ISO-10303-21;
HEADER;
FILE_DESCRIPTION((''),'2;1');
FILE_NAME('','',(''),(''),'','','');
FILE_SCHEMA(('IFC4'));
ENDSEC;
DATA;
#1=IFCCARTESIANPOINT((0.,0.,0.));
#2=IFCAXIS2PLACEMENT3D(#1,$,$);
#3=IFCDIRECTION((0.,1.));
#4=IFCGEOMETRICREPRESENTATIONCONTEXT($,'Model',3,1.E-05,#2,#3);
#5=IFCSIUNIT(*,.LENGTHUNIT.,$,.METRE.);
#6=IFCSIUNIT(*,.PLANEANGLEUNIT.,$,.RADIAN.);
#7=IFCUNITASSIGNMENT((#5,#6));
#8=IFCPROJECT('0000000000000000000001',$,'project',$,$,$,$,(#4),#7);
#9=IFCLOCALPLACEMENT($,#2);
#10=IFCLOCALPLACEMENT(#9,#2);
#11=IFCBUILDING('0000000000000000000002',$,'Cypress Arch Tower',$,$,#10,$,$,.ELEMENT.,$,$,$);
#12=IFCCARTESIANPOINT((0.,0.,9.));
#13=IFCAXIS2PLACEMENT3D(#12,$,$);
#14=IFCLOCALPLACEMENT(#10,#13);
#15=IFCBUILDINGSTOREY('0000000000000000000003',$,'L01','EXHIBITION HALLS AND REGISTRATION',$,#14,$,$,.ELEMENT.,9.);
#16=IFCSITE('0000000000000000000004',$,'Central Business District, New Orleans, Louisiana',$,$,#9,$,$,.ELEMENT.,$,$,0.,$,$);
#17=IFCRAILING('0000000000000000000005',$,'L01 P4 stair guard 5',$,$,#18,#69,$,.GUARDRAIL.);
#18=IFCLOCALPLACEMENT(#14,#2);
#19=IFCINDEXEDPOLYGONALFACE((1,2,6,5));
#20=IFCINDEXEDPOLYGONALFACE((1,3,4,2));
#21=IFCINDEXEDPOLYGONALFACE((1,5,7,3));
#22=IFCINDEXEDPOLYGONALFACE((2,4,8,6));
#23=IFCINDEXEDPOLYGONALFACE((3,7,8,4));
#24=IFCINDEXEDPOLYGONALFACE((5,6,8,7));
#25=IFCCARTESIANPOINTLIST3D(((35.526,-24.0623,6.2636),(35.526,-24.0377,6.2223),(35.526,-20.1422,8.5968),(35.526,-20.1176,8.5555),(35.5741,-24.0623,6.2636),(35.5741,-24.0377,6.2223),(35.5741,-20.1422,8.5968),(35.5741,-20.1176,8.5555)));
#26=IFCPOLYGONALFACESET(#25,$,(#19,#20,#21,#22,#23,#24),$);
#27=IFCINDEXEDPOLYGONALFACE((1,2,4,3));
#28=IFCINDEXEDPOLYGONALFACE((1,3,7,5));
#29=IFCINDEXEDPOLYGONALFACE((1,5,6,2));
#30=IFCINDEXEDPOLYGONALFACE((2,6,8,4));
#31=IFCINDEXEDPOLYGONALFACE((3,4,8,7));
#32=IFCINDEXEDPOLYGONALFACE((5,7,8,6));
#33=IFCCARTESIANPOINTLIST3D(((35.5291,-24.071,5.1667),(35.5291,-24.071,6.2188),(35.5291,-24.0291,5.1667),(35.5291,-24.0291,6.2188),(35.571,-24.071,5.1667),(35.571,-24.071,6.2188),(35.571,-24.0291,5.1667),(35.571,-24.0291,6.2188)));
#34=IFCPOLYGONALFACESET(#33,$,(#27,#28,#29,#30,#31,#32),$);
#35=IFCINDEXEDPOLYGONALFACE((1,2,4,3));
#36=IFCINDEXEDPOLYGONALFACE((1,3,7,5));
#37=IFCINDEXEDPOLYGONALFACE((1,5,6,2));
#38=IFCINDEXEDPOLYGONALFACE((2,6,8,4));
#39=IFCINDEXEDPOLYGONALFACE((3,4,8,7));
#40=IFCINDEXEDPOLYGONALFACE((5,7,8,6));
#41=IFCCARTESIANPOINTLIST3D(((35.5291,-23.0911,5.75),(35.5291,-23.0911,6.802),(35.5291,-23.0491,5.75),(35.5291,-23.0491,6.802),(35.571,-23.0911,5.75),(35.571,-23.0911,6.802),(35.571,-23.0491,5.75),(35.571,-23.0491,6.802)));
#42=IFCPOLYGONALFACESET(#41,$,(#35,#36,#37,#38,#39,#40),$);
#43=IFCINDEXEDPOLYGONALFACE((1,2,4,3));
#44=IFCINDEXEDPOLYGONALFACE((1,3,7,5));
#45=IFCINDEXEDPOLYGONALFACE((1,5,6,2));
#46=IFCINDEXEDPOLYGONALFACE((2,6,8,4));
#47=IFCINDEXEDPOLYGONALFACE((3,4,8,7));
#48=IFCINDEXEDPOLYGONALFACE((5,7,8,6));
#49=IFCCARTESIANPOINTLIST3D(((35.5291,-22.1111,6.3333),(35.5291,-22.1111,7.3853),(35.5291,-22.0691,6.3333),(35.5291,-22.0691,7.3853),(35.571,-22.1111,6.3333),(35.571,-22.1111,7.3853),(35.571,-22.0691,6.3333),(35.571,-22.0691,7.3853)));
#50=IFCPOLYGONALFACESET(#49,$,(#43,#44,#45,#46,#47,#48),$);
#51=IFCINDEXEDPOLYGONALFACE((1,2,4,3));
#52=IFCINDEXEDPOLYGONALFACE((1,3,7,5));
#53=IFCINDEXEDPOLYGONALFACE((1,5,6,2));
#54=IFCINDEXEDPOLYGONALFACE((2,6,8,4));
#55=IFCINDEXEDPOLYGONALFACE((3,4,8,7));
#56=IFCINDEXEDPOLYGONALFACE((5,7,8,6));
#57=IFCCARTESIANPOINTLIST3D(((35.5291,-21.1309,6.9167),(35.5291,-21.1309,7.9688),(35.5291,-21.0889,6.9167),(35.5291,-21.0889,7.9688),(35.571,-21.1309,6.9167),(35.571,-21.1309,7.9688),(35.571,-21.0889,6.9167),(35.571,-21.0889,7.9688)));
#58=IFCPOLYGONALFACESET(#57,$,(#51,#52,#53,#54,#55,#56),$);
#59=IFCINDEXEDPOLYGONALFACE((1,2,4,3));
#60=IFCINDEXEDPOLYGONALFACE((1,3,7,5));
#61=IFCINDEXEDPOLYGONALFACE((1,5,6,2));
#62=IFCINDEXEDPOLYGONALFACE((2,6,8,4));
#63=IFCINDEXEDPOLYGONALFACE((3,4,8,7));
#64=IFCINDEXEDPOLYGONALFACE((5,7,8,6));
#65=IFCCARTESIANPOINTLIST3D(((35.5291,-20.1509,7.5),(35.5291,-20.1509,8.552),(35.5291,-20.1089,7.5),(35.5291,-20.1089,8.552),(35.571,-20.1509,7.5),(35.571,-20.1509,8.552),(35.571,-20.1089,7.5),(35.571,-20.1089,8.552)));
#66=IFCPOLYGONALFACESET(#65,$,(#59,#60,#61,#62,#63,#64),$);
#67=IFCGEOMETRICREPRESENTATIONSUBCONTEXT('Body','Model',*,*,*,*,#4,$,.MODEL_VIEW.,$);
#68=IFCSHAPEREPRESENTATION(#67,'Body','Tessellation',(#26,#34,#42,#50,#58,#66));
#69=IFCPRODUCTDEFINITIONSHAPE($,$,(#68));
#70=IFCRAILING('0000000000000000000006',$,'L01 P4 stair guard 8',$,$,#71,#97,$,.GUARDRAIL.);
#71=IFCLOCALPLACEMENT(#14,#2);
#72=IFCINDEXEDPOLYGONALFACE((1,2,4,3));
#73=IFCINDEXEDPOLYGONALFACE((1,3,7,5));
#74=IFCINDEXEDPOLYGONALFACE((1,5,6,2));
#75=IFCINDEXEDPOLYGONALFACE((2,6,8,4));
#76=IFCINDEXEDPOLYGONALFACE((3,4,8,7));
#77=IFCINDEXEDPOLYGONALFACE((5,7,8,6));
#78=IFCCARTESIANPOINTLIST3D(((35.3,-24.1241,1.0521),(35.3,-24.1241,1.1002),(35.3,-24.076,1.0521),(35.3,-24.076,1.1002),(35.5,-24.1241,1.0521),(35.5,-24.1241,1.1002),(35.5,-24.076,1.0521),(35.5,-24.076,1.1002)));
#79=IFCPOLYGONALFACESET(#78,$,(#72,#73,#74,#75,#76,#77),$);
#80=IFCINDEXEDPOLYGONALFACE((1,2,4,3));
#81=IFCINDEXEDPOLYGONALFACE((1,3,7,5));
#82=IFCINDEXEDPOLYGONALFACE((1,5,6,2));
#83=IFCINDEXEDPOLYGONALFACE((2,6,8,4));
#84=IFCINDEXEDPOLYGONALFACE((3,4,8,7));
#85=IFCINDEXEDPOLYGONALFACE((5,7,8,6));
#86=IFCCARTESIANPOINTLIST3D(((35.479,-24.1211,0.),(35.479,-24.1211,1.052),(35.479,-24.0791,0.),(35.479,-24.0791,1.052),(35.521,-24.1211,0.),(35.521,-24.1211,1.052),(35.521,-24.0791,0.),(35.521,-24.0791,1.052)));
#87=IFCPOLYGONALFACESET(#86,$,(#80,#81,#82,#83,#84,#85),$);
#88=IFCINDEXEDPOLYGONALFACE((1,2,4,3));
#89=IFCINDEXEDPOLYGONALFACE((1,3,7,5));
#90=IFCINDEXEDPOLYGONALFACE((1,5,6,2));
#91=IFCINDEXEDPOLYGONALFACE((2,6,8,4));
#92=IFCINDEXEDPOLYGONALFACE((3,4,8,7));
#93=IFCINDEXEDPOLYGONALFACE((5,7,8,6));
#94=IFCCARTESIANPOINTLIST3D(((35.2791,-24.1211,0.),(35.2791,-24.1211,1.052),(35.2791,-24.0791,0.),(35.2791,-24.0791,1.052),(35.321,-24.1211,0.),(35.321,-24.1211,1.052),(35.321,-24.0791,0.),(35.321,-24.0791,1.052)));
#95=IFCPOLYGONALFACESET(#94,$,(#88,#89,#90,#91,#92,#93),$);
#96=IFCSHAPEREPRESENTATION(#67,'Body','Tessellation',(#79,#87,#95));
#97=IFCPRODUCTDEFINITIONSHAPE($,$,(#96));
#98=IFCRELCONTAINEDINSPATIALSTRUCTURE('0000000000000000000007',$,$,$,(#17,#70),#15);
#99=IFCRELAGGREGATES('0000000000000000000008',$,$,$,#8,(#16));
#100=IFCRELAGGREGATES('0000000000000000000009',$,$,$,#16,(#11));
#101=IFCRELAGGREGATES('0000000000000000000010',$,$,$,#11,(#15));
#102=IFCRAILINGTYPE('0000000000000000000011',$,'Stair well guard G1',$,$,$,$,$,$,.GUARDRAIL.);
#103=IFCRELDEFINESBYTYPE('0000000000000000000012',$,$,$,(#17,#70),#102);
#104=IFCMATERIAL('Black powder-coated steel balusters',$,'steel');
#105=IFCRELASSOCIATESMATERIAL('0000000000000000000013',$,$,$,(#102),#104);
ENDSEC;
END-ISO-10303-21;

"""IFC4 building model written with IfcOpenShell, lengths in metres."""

from ifc_helpers import new_model, si_unit, direction, frame, origin, origin_2d, place, context, subcontext, project, spatial, rectangle, extrude, material, type_object, element, save


model = new_model("IFC4")

# Units and contexts
model_context = context("Model", 3, precision=1e-05, world=origin(), true_north=direction((0.0, 1.0)))
body_context = subcontext(model_context, "Body", "Model", "MODEL_VIEW")
ifc_project = project(units=[si_unit("LENGTHUNIT", "METRE"), si_unit("PLANEANGLEUNIT", "RADIAN")], contexts=[model_context])

# Site, building, storey
site_placement = place(None, origin())
site = spatial("IfcSite", under=ifc_project, at=site_placement, Name="Central Business District, New Orleans, Louisiana", CompositionType="ELEMENT", RefElevation=0.0)
building_placement = place(site_placement, origin())
building = spatial("IfcBuilding", under=site, at=building_placement, Name="Cypress Arch Tower", CompositionType="ELEMENT")
storey_placement = place(building_placement, frame((0.0, 0.0, 9.0)))
storey = spatial("IfcBuildingStorey", under=building, at=storey_placement, Name="L01", Description="EXHIBITION HALLS AND REGISTRATION", CompositionType="ELEMENT", Elevation=9.0)

# Railings
ifc_material_1 = material(Name="Black powder-coated steel balusters", Category="steel")
railing_type_1 = type_object("IfcRailingType", Name="Stair well guard G1", PredefinedType="GUARDRAIL", material=ifc_material_1)
railing_1_placement = place(storey_placement, frame((35.55, -24.05, 5.1667)))
element("IfcRailing", 1, at=railing_1_placement, inside=storey, type_object=railing_type_1, Name="L01 P4 stair guard 5", PredefinedType="GUARDRAIL", context=body_context, shape_type="SweptSolid", body=[
    extrude(rectangle(XDim=0.0481, YDim=0.0481, at=origin_2d()), frame((0.0, 0.0, 1.0762), z_axis=(0.0, 0.85931, 0.511455), x_axis=(-1.0, 0.0, 0.0)), (0.0, 0.0, 1.0), 4.562),
    extrude(rectangle(XDim=0.042, YDim=0.042, at=origin_2d()), origin(), (0.0, 0.0, 1.0), 1.052),
    extrude(rectangle(XDim=0.042, YDim=0.042, at=origin_2d()), frame((0.0, 0.98, 0.5833)), (0.0, 0.0, 1.0), 1.052),
    extrude(rectangle(XDim=0.042, YDim=0.042, at=origin_2d()), frame((0.0, 1.96, 1.1665)), (0.0, 0.0, 1.0), 1.052),
    extrude(rectangle(XDim=0.042, YDim=0.042, at=origin_2d()), frame((0.0, 2.9402, 1.75)), (0.0, 0.0, 1.0), 1.052),
    extrude(rectangle(XDim=0.042, YDim=0.042, at=origin_2d()), frame((0.0, 3.9202, 2.3333)), (0.0, 0.0, 1.0), 1.052),
])
railing_2_placement = place(storey_placement, frame((35.5, -24.1001, 0.0)))
element("IfcRailing", 2, at=railing_2_placement, inside=storey, type_object=railing_type_1, Name="L01 P4 stair guard 8", PredefinedType="GUARDRAIL", context=body_context, shape_type="SweptSolid", body=[
    extrude(rectangle(XDim=0.0481, YDim=0.0481, at=origin_2d()), frame((0.0, 0.0, 1.0762), z_axis=(-1.0, 0.0, 0.0), x_axis=(0.0, -1.0, 0.0)), (0.0, 0.0, 1.0), 0.2),
    extrude(rectangle(XDim=0.042, YDim=0.042, at=origin_2d()), origin(), (0.0, 0.0, 1.0), 1.052),
    extrude(rectangle(XDim=0.042, YDim=0.042, at=origin_2d()), frame((-0.2, 0.0, 0.0)), (0.0, 0.0, 1.0), 1.052),
])

save(model, "model.ifc")
